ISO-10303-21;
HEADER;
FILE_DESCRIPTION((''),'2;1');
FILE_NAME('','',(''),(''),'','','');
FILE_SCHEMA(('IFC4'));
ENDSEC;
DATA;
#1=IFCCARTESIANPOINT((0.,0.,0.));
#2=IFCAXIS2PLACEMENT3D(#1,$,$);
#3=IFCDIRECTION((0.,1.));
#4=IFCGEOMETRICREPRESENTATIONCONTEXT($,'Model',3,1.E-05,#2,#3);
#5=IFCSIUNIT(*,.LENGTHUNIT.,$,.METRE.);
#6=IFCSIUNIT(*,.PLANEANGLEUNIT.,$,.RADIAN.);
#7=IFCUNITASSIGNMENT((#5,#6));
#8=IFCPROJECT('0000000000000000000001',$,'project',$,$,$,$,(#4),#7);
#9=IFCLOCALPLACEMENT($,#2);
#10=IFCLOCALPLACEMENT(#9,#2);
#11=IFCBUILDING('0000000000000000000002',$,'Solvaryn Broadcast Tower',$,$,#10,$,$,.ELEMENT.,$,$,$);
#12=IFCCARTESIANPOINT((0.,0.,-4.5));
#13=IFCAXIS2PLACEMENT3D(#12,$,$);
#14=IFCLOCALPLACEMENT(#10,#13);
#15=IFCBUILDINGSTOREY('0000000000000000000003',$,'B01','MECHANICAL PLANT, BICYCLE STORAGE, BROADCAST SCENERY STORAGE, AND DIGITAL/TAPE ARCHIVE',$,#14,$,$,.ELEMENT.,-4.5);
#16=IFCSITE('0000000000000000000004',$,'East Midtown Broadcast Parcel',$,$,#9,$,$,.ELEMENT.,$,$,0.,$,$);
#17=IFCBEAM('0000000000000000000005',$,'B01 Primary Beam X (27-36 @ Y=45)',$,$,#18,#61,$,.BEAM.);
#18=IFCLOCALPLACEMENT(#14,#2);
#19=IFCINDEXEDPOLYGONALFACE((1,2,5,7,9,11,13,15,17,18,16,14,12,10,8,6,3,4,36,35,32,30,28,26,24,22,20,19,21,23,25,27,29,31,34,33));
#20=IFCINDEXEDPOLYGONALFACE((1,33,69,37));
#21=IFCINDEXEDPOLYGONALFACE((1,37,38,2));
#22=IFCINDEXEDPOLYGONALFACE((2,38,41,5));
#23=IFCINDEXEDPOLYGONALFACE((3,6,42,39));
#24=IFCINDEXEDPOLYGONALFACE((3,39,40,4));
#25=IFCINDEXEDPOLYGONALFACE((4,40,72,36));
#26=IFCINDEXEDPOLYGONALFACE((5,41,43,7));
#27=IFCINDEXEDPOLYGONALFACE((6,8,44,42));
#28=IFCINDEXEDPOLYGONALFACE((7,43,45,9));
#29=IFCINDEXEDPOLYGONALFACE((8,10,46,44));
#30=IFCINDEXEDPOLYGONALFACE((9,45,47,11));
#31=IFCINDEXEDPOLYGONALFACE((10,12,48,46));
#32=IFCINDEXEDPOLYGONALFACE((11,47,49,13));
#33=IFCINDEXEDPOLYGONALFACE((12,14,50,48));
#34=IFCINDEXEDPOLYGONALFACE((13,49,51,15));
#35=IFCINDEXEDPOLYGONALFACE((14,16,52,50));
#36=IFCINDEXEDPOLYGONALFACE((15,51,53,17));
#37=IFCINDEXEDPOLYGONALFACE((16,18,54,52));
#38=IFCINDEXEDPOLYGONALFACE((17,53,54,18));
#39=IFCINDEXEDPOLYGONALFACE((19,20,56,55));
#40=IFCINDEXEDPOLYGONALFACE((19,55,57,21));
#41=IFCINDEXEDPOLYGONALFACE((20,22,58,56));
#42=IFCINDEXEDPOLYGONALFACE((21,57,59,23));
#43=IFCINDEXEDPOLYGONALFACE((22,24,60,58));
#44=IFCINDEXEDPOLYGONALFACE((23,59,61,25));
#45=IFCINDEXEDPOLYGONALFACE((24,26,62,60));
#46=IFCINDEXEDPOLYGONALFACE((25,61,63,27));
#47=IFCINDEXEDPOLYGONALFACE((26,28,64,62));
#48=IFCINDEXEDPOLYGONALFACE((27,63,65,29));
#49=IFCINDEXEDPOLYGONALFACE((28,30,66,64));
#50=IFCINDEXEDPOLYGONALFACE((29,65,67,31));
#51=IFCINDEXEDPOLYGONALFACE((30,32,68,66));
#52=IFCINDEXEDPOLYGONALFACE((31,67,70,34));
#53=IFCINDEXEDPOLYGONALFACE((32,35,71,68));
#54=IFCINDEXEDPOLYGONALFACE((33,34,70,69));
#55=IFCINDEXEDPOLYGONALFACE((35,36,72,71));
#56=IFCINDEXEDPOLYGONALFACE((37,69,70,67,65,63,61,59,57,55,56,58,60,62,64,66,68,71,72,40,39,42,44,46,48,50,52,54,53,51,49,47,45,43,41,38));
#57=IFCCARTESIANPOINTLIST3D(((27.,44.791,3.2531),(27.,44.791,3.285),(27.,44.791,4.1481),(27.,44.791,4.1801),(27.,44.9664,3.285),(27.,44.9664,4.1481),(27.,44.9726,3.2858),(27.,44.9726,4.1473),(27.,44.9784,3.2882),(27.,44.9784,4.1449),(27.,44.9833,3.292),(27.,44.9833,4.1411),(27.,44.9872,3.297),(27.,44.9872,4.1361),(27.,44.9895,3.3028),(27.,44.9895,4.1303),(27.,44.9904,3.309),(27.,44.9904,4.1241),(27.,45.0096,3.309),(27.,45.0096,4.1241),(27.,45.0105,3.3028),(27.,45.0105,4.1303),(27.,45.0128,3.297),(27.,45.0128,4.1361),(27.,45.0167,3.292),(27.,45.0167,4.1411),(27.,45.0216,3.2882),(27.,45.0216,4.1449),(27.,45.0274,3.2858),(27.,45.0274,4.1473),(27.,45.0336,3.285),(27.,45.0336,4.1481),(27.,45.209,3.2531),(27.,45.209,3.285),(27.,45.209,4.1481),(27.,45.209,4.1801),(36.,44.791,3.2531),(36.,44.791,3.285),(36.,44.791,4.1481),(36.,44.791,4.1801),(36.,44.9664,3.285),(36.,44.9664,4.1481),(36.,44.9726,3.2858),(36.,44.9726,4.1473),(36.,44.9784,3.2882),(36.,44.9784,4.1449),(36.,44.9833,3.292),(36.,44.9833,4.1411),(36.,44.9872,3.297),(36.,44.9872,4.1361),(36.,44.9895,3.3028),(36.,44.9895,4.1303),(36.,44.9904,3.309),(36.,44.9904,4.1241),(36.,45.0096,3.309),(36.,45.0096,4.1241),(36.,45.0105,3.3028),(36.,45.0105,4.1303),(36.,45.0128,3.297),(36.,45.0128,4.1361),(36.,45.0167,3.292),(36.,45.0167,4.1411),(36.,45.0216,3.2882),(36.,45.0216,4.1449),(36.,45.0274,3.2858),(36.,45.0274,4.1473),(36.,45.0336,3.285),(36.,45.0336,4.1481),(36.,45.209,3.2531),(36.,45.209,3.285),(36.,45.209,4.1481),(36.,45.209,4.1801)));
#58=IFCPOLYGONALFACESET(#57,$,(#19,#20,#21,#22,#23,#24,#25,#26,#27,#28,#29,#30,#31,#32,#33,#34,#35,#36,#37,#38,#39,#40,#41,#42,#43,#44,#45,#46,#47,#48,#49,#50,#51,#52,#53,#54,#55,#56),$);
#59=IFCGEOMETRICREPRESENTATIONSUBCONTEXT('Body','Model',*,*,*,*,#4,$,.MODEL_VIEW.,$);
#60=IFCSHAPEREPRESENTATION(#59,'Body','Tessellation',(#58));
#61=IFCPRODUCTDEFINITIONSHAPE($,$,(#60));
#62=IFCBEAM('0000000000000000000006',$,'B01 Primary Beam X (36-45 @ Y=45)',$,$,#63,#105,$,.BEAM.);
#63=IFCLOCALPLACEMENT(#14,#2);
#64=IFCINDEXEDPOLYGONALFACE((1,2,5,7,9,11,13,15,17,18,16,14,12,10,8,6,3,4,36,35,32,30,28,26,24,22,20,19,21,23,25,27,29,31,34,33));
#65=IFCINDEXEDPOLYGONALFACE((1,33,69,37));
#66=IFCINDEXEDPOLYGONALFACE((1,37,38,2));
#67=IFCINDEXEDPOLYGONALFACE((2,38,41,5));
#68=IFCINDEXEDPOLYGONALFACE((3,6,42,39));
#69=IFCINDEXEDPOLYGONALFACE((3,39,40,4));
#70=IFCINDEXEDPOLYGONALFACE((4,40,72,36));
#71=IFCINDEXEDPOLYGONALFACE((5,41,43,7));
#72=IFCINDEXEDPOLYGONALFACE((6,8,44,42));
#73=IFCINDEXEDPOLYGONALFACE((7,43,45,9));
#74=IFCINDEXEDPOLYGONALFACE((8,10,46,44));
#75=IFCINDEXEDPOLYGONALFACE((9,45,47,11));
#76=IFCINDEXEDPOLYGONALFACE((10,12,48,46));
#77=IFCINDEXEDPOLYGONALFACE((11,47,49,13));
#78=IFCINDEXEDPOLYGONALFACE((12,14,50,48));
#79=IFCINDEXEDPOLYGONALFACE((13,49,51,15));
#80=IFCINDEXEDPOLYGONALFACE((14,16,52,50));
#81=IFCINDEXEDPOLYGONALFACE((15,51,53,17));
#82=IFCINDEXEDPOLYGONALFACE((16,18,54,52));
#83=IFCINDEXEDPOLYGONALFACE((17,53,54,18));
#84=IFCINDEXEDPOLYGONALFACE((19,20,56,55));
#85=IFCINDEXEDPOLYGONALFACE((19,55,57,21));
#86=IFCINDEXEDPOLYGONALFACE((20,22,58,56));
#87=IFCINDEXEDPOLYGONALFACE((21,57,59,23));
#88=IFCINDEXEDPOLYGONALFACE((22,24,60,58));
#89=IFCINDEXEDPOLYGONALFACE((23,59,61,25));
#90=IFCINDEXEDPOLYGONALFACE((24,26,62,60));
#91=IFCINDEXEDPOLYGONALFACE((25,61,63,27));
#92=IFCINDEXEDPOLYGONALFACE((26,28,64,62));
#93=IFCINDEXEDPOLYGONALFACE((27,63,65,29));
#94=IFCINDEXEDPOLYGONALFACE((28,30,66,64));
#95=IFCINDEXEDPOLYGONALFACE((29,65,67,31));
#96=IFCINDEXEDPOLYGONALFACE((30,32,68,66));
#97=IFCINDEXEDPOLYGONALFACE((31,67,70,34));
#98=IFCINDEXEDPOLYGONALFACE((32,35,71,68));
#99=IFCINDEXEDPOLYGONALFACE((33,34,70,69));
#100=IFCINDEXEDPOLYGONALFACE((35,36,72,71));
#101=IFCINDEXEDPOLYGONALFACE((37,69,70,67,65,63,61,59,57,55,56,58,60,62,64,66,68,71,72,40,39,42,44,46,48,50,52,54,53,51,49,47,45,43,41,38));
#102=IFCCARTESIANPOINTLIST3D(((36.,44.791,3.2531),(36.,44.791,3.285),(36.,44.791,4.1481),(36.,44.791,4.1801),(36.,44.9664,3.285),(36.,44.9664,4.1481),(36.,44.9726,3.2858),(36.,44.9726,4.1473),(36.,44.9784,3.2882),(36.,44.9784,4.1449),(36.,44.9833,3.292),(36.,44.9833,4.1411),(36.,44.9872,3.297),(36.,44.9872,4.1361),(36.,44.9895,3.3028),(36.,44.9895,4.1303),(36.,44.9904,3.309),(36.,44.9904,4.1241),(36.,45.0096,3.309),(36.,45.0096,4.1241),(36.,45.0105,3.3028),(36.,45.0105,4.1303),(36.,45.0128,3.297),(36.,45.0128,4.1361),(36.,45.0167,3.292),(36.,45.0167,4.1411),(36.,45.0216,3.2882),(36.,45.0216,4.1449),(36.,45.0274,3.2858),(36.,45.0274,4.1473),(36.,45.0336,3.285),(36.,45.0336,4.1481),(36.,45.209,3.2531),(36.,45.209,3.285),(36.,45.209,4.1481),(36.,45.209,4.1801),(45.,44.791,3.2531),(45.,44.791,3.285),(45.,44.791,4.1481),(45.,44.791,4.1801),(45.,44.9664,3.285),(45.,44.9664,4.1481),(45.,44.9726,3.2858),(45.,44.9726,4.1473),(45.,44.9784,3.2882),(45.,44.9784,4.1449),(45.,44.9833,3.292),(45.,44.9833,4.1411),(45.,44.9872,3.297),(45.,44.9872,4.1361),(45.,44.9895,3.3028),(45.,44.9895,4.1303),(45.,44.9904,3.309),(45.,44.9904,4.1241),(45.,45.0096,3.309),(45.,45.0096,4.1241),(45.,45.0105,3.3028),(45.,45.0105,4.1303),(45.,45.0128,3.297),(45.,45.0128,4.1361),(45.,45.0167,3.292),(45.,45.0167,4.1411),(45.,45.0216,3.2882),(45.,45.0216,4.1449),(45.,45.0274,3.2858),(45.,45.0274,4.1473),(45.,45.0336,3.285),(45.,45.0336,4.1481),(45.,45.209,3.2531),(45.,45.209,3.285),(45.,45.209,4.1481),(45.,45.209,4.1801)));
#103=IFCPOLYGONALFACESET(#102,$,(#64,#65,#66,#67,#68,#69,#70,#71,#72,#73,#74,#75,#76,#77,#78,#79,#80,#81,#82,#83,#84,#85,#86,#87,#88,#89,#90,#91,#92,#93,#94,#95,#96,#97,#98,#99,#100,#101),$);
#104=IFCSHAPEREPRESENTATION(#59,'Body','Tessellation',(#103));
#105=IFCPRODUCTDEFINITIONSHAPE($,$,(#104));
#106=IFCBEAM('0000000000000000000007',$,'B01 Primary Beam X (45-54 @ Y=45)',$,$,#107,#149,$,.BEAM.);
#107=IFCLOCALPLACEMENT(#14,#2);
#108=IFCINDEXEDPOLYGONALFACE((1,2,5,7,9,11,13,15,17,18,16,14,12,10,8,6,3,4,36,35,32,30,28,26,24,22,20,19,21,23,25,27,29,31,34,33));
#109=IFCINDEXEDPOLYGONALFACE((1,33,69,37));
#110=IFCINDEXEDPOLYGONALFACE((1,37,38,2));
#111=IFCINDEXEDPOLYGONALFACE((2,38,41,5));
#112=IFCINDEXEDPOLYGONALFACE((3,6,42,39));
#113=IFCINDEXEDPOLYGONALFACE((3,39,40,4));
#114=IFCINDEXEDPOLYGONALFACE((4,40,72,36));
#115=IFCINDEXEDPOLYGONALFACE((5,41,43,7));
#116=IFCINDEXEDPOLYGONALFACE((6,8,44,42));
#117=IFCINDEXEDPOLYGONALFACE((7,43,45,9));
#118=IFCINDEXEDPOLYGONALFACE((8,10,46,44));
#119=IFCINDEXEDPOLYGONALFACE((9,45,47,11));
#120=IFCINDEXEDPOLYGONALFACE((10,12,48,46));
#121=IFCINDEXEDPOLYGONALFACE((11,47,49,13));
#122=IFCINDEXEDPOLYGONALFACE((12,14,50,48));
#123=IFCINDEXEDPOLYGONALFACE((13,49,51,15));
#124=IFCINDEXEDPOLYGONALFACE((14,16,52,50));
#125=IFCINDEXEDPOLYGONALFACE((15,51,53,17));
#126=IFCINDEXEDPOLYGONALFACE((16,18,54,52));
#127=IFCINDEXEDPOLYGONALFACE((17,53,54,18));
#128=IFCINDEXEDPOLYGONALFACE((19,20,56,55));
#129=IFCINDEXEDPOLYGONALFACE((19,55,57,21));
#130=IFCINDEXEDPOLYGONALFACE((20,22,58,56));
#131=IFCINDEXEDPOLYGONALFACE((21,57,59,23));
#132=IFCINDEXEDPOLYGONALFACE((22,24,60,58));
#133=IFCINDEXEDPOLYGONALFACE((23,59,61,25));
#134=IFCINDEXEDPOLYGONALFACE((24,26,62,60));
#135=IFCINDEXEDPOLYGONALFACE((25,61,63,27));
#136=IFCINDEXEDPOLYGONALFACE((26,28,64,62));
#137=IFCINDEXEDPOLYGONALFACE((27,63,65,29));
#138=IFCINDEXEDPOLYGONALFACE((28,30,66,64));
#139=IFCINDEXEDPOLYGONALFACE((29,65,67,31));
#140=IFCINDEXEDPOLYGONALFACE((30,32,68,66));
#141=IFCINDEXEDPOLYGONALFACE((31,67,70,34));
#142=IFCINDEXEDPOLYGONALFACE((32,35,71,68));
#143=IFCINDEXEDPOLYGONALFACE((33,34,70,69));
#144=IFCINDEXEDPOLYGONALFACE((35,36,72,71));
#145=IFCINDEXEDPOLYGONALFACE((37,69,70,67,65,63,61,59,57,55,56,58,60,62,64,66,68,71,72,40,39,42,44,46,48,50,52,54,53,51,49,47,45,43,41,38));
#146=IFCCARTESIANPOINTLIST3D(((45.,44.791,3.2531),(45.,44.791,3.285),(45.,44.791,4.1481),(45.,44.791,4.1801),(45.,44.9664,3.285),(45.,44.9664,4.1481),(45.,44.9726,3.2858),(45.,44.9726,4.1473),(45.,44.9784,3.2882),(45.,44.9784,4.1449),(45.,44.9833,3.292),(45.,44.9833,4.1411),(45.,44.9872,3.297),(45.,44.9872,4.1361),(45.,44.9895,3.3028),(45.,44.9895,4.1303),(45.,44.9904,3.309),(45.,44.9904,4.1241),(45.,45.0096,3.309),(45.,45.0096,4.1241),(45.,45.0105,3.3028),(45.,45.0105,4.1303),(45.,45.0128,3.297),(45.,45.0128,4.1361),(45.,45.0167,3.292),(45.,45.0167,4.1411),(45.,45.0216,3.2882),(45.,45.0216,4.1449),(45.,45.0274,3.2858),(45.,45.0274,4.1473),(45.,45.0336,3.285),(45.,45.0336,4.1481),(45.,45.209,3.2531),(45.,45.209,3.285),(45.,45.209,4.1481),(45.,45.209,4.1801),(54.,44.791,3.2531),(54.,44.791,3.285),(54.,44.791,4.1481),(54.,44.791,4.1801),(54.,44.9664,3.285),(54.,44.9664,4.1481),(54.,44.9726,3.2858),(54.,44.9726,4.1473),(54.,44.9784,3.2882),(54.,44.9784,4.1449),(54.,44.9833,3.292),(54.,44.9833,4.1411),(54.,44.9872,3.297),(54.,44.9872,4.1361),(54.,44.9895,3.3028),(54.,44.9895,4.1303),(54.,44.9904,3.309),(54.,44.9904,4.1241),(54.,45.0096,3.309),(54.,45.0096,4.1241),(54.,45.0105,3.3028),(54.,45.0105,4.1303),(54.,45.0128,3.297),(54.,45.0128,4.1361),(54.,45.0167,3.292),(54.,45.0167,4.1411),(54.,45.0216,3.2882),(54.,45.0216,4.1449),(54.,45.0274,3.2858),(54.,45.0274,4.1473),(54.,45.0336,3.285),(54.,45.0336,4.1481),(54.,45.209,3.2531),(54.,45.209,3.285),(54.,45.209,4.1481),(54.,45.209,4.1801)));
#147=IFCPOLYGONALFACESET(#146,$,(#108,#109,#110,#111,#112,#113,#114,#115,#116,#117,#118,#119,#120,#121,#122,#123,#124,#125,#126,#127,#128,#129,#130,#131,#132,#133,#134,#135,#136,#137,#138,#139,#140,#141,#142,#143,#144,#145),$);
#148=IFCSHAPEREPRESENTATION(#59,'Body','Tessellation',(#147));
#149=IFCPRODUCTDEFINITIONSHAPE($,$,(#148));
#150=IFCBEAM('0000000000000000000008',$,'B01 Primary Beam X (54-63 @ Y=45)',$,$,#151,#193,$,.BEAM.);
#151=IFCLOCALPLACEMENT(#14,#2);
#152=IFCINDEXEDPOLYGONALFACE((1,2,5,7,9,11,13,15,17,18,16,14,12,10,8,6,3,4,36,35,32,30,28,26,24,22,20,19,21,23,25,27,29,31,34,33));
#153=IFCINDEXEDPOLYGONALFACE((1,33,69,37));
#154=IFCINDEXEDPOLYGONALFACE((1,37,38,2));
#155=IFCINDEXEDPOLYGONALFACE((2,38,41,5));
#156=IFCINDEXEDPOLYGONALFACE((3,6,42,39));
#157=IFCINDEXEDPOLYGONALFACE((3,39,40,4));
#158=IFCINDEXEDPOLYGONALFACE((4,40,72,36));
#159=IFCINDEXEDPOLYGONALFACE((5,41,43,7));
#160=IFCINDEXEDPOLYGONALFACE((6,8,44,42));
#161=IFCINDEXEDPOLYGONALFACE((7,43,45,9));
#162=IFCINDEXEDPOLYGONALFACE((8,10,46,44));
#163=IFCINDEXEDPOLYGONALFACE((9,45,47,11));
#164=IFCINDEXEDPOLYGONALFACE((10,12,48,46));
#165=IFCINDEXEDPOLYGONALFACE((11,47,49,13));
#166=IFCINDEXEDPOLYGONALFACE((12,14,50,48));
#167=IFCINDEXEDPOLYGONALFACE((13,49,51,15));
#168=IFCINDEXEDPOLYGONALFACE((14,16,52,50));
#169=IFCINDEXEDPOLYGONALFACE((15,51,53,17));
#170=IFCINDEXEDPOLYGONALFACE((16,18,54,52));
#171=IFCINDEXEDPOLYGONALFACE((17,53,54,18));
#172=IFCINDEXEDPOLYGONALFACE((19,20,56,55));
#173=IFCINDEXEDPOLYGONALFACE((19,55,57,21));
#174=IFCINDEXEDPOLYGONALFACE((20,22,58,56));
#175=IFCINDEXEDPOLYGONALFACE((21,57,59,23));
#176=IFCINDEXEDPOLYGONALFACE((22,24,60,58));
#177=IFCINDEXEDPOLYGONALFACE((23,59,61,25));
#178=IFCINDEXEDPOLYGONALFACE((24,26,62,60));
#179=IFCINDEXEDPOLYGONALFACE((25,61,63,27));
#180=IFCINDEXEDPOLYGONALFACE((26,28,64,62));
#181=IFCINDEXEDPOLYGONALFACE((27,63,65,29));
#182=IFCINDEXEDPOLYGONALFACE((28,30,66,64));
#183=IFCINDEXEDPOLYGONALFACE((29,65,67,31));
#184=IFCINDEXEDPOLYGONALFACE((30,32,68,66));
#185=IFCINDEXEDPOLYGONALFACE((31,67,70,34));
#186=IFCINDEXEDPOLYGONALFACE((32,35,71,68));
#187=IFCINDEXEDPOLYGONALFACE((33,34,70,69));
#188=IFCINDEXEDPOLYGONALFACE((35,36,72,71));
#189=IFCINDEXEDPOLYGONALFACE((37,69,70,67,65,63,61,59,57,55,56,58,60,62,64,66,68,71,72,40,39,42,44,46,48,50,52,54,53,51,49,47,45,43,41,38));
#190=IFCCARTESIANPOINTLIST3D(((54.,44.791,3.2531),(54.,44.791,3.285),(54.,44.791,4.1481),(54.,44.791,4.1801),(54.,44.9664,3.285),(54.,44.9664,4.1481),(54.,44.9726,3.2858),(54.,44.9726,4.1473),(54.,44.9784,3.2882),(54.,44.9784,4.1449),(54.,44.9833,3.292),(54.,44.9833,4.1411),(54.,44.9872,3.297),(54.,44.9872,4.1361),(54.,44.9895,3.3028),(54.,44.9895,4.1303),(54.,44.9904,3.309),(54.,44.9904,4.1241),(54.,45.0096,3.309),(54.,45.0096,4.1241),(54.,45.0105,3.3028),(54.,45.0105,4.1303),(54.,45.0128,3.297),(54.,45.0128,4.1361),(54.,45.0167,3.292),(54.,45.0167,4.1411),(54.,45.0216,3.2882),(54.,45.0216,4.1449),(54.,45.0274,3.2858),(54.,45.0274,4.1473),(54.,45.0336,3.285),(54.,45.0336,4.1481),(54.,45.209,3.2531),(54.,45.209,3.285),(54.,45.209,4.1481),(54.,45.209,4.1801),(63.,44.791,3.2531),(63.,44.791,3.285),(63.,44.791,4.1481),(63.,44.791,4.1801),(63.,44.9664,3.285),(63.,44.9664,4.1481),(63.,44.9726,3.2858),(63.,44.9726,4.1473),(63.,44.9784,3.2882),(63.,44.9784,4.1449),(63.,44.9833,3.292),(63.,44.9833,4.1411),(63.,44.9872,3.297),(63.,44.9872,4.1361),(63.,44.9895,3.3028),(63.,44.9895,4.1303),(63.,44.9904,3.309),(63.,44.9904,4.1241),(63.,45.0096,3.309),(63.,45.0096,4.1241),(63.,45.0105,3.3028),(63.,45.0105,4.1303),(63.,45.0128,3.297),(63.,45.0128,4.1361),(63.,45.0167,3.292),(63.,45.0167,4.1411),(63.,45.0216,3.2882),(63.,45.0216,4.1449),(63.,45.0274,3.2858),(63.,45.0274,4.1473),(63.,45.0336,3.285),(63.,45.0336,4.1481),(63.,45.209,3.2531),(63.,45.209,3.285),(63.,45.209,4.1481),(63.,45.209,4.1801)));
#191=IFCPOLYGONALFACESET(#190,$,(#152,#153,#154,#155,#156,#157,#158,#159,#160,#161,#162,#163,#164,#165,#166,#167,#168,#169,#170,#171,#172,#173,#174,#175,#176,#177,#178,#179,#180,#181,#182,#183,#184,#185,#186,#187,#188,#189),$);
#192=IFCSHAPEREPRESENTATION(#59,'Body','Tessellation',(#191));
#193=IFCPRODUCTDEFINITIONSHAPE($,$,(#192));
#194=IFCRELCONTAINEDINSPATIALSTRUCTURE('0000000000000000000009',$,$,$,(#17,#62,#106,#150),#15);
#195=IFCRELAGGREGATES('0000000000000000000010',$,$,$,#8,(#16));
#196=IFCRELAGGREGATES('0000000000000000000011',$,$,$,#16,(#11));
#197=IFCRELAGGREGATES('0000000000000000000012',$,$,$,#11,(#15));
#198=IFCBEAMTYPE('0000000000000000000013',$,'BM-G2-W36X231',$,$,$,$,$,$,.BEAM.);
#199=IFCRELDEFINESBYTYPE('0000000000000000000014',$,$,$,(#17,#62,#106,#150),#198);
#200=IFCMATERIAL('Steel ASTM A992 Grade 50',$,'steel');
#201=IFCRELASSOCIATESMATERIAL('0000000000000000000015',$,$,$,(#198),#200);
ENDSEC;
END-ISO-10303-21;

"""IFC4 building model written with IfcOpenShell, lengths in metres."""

from ifc_helpers import new_model, si_unit, direction, frame, origin, origin_2d, place, context, subcontext, project, spatial, i_section, extrude, material, material_profile, profile_set, type_object, element, save


model = new_model("IFC4")

# Units and contexts
model_context = context("Model", 3, precision=1e-05, world=origin(), true_north=direction((0.0, 1.0)))
body_context = subcontext(model_context, "Body", "Model", "MODEL_VIEW")
ifc_project = project(units=[si_unit("LENGTHUNIT", "METRE"), si_unit("PLANEANGLEUNIT", "RADIAN")], contexts=[model_context])

# Site, building, storey
site_placement = place(None, origin())
site = spatial("IfcSite", under=ifc_project, at=site_placement, Name="East Midtown Broadcast Parcel", CompositionType="ELEMENT", RefElevation=0.0)
building_placement = place(site_placement, origin())
building = spatial("IfcBuilding", under=site, at=building_placement, Name="Solvaryn Broadcast Tower", CompositionType="ELEMENT")
storey_placement = place(building_placement, frame((0.0, 0.0, -4.5)))
storey = spatial("IfcBuildingStorey", under=building, at=storey_placement, Name="B01", Description="MECHANICAL PLANT, BICYCLE STORAGE, BROADCAST SCENERY STORAGE, AND DIGITAL/TAPE ARCHIVE", CompositionType="ELEMENT", Elevation=-4.5)

# Beams
ifc_material_1 = material(Name="Steel ASTM A992 Grade 50", Category="steel")
ifc_material_profile_1 = material_profile(ifc_material_1, i_section(OverallWidth=0.418, OverallDepth=0.927, WebThickness=0.0193, FlangeThickness=0.032, FilletRadius=0.0239, at=origin_2d()))
ifc_profile_set_1 = profile_set([ifc_material_profile_1], Name="Steel ASTM A992 Grade 50")
beam_type_1 = type_object("IfcBeamType", Name="BM-G2-W36X231", PredefinedType="BEAM", material=ifc_profile_set_1)
for number, where, z_axis, x_axis, name in (
    (1, (27.0, 45.0, 3.7166), (1.0, 0.0, 0.0), (0.0, 1.0, 0.0), "B01 Primary Beam X (27-36 @ Y=45)"),
    (2, (36.0, 45.0, 3.7166), (1.0, 0.0, 0.0), (0.0, 1.0, 0.0), "B01 Primary Beam X (36-45 @ Y=45)"),
    (3, (45.0, 45.0, 3.7166), (1.0, 0.0, 0.0), (0.0, 1.0, 0.0), "B01 Primary Beam X (45-54 @ Y=45)"),
    (4, (54.0, 45.0, 3.7166), (1.0, 0.0, 0.0), (0.0, 1.0, 0.0), "B01 Primary Beam X (54-63 @ Y=45)"),
):
    element("IfcBeam", number, at=place(storey_placement, frame(where, z_axis=z_axis, x_axis=x_axis)), inside=storey, type_object=beam_type_1, Name=name, PredefinedType="BEAM", context=body_context, shape_type="SweptSolid", body=[
        extrude(i_section(OverallWidth=0.418, OverallDepth=0.927, WebThickness=0.0193, FlangeThickness=0.032, FilletRadius=0.0239, at=origin_2d()), origin(), (0.0, 0.0, 1.0), 9.0),
    ])

save(model, "model.ifc")
